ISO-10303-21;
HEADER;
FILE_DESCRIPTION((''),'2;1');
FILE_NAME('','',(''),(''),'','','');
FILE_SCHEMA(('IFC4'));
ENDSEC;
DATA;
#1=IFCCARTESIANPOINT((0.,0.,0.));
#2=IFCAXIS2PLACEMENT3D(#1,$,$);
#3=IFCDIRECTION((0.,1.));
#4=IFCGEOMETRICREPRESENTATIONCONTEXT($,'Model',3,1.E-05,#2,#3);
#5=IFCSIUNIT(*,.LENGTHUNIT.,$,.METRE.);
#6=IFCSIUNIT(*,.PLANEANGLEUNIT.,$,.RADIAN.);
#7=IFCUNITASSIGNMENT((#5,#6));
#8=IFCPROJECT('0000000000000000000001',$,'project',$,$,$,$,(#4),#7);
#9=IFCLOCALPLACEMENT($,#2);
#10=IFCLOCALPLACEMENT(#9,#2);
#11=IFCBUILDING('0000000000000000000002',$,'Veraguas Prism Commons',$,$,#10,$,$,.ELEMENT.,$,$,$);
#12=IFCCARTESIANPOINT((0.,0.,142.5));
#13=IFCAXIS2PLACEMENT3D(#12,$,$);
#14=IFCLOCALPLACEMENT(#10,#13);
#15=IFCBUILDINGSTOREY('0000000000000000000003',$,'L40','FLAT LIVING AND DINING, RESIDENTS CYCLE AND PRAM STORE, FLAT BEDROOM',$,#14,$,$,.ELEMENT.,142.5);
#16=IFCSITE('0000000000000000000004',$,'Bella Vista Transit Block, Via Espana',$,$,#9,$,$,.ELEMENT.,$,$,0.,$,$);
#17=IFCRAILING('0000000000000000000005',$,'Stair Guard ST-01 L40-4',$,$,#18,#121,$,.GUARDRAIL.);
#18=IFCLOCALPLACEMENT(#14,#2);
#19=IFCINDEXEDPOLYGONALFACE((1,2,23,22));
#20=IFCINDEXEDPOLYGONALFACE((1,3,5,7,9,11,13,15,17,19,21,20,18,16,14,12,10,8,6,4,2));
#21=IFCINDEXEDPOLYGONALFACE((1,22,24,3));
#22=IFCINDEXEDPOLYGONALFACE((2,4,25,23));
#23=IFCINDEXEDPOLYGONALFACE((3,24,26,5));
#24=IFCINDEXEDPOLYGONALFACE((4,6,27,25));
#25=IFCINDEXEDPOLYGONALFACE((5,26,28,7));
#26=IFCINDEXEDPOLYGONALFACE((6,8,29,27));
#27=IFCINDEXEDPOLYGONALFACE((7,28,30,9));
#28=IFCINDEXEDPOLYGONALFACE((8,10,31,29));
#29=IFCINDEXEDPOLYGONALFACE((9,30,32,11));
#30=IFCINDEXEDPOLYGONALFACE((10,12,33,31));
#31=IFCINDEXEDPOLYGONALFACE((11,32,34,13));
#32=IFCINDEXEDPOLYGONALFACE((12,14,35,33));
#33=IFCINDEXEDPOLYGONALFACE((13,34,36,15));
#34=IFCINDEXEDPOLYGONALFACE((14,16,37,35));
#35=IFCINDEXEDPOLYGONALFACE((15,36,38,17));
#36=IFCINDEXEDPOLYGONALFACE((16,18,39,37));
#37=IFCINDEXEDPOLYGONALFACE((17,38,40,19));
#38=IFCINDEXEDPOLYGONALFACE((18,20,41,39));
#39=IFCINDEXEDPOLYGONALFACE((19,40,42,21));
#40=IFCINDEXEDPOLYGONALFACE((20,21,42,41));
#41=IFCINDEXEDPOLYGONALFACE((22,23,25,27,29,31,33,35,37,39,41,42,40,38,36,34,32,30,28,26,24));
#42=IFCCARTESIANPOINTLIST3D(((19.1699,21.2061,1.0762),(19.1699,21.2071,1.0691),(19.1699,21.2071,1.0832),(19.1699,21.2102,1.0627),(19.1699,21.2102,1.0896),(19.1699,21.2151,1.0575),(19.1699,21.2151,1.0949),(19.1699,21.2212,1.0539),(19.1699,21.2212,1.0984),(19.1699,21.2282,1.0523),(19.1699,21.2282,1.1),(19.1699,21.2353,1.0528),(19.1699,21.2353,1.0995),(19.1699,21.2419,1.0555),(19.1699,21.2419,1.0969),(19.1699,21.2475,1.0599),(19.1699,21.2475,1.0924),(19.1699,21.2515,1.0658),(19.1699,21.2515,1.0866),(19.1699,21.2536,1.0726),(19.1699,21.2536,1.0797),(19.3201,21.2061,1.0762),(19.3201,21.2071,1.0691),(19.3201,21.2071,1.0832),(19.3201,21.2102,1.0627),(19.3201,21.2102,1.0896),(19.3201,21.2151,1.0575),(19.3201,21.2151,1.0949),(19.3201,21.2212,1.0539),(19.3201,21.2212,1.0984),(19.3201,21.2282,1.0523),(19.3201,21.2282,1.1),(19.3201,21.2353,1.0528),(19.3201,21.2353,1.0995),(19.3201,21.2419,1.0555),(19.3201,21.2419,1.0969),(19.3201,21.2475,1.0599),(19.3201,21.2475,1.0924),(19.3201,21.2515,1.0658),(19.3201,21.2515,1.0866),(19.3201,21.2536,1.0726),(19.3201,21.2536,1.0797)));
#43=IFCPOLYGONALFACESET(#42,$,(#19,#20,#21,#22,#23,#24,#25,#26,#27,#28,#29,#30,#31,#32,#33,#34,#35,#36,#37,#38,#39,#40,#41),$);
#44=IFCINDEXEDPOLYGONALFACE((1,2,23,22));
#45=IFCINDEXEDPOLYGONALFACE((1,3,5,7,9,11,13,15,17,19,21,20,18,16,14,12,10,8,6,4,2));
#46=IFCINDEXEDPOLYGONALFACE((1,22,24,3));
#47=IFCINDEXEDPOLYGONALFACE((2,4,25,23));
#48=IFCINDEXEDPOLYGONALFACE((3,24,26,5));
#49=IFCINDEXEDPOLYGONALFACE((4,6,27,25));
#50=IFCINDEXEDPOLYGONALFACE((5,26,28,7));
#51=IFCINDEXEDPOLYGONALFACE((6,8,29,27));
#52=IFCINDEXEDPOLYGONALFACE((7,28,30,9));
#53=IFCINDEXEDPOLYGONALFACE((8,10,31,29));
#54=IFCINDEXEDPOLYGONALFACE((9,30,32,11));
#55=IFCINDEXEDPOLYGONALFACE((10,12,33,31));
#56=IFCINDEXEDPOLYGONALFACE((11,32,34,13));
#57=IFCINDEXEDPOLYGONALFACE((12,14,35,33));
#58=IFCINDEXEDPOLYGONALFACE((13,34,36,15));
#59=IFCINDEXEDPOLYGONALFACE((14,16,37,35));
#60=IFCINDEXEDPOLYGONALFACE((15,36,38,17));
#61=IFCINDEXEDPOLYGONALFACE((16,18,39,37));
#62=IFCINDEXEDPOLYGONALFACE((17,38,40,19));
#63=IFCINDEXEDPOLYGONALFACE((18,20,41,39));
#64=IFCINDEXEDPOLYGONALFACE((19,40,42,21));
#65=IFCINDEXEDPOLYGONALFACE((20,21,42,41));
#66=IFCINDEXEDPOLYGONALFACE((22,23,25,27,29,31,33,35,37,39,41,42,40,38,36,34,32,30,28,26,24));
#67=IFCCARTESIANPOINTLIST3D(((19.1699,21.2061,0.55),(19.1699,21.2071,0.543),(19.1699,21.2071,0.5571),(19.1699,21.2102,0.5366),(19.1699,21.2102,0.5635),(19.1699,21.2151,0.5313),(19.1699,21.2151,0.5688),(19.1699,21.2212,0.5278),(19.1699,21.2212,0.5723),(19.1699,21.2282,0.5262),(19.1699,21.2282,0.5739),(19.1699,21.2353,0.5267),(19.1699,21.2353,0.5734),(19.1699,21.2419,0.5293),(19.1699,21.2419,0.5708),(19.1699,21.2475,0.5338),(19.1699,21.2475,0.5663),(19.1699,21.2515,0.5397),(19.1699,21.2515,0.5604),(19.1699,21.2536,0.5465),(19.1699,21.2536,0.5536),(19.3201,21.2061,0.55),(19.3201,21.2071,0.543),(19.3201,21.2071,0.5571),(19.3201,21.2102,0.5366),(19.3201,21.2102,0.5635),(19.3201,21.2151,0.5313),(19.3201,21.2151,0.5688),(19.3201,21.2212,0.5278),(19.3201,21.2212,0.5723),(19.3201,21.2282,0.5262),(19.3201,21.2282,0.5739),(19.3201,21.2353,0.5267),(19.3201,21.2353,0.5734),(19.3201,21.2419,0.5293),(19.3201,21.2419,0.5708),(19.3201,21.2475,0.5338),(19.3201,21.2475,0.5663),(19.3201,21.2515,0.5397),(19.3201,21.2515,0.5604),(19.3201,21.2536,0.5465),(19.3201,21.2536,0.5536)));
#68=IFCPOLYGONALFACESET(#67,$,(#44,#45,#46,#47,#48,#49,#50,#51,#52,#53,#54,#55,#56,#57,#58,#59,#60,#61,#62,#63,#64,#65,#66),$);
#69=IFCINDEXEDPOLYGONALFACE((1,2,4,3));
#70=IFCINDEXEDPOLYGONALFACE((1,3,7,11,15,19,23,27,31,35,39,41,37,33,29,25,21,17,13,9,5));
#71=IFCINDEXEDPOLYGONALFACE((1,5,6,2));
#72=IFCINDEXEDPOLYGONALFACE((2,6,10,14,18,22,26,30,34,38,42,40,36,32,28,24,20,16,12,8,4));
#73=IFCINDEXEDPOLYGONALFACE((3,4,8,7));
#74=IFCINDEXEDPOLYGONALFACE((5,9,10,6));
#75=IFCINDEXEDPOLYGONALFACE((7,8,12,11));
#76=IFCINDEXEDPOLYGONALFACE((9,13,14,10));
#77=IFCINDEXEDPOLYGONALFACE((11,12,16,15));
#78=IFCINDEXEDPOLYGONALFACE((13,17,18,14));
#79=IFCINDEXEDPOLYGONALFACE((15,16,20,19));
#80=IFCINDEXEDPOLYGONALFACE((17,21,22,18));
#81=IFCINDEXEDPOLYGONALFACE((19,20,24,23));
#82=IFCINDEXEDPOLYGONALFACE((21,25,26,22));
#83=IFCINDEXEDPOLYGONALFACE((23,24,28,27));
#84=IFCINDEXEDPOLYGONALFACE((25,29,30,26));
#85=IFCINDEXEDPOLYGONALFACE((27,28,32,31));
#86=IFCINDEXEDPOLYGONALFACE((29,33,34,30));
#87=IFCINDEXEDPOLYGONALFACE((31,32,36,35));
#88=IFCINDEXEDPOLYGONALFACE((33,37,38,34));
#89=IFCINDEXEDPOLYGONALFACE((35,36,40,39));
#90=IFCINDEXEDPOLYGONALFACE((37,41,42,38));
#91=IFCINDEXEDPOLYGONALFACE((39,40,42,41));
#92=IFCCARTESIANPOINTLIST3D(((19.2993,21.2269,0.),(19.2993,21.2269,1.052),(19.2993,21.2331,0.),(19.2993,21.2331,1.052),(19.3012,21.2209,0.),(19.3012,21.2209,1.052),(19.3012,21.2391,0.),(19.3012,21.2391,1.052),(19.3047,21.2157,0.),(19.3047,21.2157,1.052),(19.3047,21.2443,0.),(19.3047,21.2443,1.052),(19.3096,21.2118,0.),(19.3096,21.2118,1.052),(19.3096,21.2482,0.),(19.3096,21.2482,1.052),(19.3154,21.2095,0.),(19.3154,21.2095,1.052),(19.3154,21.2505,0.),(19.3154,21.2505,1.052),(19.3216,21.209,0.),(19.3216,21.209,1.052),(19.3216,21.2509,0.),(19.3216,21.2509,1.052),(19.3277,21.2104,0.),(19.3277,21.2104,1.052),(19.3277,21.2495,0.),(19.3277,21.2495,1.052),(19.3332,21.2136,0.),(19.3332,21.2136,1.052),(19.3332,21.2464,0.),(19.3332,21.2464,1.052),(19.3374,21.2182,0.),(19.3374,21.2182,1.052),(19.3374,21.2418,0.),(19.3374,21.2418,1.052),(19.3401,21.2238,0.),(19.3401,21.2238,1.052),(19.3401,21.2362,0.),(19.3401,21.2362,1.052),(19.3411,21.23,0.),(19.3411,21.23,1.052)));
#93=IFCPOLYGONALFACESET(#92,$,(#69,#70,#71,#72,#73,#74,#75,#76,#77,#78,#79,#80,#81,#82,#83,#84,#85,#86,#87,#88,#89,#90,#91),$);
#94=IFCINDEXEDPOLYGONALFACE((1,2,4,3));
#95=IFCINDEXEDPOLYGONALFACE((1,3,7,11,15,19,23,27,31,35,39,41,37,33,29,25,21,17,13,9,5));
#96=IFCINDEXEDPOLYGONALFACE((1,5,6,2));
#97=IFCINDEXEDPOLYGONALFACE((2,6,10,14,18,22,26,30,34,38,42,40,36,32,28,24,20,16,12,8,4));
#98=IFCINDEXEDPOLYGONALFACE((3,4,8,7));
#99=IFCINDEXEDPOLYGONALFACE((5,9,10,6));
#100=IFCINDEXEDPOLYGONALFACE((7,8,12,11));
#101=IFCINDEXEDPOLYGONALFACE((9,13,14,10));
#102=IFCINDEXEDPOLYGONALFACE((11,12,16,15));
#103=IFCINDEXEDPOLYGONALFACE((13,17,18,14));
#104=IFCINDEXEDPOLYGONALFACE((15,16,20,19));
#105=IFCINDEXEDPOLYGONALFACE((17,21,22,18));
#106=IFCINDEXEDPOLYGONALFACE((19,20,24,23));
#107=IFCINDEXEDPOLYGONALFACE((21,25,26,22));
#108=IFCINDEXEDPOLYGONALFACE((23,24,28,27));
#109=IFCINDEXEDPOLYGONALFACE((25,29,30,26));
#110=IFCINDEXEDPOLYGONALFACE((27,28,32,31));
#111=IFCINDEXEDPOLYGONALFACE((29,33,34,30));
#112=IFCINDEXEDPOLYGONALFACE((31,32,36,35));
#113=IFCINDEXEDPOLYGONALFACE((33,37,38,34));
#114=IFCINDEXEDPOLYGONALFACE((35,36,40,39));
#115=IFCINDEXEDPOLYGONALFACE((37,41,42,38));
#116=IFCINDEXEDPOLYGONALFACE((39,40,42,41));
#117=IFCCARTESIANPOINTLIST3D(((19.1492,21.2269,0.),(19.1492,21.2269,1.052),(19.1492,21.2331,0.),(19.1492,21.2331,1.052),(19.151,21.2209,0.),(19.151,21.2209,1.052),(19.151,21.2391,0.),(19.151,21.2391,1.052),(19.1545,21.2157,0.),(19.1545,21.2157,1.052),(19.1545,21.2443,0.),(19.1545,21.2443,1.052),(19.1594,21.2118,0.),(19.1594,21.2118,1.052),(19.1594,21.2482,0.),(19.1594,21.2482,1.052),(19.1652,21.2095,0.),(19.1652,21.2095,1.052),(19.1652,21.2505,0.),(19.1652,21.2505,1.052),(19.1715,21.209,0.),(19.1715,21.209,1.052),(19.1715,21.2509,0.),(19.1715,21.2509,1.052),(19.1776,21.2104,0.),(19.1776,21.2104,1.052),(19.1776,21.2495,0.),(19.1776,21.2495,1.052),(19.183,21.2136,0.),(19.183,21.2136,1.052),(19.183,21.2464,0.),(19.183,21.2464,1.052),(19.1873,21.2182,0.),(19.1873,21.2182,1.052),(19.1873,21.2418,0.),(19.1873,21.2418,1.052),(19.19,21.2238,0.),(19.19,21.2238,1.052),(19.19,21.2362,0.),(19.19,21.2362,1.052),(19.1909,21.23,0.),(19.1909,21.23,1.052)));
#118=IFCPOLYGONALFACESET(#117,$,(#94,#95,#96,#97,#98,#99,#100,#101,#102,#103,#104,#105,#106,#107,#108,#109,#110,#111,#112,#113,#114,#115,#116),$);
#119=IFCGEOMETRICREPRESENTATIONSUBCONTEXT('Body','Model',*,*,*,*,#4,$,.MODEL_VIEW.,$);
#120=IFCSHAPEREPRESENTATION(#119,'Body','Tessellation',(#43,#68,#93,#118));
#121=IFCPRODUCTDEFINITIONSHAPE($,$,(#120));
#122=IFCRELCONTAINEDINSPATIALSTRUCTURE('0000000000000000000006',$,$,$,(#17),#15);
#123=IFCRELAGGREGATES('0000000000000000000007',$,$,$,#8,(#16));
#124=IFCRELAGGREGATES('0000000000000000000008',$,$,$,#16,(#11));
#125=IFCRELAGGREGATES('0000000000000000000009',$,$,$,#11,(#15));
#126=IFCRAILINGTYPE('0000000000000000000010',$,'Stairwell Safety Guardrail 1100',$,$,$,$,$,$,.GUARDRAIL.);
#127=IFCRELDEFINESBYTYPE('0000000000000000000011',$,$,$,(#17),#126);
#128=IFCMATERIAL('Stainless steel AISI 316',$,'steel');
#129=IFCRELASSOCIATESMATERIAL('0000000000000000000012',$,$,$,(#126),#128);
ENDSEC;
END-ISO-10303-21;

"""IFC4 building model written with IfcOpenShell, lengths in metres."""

from ifc_helpers import new_model, si_unit, direction, frame, origin, origin_2d, place, context, subcontext, project, spatial, circle, extrude, material, type_object, element, save


model = new_model("IFC4")

# Units and contexts
model_context = context("Model", 3, precision=1e-05, world=origin(), true_north=direction((0.0, 1.0)))
body_context = subcontext(model_context, "Body", "Model", "MODEL_VIEW")
ifc_project = project(units=[si_unit("LENGTHUNIT", "METRE"), si_unit("PLANEANGLEUNIT", "RADIAN")], contexts=[model_context])

# Site, building, storey
site_placement = place(None, origin())
site = spatial("IfcSite", under=ifc_project, at=site_placement, Name="Bella Vista Transit Block, Via Espana", CompositionType="ELEMENT", RefElevation=0.0)
building_placement = place(site_placement, origin())
building = spatial("IfcBuilding", under=site, at=building_placement, Name="Veraguas Prism Commons", CompositionType="ELEMENT")
storey_placement = place(building_placement, frame((0.0, 0.0, 142.5)))
storey = spatial("IfcBuildingStorey", under=building, at=storey_placement, Name="L40", Description="FLAT LIVING AND DINING, RESIDENTS CYCLE AND PRAM STORE, FLAT BEDROOM", CompositionType="ELEMENT", Elevation=142.5)

# Shared definitions
ifc_material_1 = material(Name="Stainless steel AISI 316", Category="steel")

# Railing
railing_type_1 = type_object("IfcRailingType", Name="Stairwell Safety Guardrail 1100", PredefinedType="GUARDRAIL", material=ifc_material_1)
railing_1_placement = place(storey_placement, frame((19.3201, 21.23, 0.0)))
element("IfcRailing", 1, at=railing_1_placement, inside=storey, type_object=railing_type_1, Name="Stair Guard ST-01 L40-4", PredefinedType="GUARDRAIL", context=body_context, shape_type="SweptSolid", body=[
    extrude(circle(Radius=0.0239, at=origin_2d()), frame((0.0, 0.0, 1.0762), z_axis=(-1.0, 0.0, 0.0), x_axis=(0.0, -1.0, 0.0)), (0.0, 0.0, 1.0), 0.1501),
    extrude(circle(Radius=0.0239, at=origin_2d()), frame((0.0, 0.0, 0.55), z_axis=(-1.0, 0.0, 0.0), x_axis=(0.0, -1.0, 0.0)), (0.0, 0.0, 1.0), 0.1501),
    extrude(circle(Radius=0.021, at=origin_2d()), origin(), (0.0, 0.0, 1.0), 1.052),
    extrude(circle(Radius=0.021, at=origin_2d()), frame((-0.1501, 0.0, 0.0)), (0.0, 0.0, 1.0), 1.052),
])

save(model, "model.ifc")
